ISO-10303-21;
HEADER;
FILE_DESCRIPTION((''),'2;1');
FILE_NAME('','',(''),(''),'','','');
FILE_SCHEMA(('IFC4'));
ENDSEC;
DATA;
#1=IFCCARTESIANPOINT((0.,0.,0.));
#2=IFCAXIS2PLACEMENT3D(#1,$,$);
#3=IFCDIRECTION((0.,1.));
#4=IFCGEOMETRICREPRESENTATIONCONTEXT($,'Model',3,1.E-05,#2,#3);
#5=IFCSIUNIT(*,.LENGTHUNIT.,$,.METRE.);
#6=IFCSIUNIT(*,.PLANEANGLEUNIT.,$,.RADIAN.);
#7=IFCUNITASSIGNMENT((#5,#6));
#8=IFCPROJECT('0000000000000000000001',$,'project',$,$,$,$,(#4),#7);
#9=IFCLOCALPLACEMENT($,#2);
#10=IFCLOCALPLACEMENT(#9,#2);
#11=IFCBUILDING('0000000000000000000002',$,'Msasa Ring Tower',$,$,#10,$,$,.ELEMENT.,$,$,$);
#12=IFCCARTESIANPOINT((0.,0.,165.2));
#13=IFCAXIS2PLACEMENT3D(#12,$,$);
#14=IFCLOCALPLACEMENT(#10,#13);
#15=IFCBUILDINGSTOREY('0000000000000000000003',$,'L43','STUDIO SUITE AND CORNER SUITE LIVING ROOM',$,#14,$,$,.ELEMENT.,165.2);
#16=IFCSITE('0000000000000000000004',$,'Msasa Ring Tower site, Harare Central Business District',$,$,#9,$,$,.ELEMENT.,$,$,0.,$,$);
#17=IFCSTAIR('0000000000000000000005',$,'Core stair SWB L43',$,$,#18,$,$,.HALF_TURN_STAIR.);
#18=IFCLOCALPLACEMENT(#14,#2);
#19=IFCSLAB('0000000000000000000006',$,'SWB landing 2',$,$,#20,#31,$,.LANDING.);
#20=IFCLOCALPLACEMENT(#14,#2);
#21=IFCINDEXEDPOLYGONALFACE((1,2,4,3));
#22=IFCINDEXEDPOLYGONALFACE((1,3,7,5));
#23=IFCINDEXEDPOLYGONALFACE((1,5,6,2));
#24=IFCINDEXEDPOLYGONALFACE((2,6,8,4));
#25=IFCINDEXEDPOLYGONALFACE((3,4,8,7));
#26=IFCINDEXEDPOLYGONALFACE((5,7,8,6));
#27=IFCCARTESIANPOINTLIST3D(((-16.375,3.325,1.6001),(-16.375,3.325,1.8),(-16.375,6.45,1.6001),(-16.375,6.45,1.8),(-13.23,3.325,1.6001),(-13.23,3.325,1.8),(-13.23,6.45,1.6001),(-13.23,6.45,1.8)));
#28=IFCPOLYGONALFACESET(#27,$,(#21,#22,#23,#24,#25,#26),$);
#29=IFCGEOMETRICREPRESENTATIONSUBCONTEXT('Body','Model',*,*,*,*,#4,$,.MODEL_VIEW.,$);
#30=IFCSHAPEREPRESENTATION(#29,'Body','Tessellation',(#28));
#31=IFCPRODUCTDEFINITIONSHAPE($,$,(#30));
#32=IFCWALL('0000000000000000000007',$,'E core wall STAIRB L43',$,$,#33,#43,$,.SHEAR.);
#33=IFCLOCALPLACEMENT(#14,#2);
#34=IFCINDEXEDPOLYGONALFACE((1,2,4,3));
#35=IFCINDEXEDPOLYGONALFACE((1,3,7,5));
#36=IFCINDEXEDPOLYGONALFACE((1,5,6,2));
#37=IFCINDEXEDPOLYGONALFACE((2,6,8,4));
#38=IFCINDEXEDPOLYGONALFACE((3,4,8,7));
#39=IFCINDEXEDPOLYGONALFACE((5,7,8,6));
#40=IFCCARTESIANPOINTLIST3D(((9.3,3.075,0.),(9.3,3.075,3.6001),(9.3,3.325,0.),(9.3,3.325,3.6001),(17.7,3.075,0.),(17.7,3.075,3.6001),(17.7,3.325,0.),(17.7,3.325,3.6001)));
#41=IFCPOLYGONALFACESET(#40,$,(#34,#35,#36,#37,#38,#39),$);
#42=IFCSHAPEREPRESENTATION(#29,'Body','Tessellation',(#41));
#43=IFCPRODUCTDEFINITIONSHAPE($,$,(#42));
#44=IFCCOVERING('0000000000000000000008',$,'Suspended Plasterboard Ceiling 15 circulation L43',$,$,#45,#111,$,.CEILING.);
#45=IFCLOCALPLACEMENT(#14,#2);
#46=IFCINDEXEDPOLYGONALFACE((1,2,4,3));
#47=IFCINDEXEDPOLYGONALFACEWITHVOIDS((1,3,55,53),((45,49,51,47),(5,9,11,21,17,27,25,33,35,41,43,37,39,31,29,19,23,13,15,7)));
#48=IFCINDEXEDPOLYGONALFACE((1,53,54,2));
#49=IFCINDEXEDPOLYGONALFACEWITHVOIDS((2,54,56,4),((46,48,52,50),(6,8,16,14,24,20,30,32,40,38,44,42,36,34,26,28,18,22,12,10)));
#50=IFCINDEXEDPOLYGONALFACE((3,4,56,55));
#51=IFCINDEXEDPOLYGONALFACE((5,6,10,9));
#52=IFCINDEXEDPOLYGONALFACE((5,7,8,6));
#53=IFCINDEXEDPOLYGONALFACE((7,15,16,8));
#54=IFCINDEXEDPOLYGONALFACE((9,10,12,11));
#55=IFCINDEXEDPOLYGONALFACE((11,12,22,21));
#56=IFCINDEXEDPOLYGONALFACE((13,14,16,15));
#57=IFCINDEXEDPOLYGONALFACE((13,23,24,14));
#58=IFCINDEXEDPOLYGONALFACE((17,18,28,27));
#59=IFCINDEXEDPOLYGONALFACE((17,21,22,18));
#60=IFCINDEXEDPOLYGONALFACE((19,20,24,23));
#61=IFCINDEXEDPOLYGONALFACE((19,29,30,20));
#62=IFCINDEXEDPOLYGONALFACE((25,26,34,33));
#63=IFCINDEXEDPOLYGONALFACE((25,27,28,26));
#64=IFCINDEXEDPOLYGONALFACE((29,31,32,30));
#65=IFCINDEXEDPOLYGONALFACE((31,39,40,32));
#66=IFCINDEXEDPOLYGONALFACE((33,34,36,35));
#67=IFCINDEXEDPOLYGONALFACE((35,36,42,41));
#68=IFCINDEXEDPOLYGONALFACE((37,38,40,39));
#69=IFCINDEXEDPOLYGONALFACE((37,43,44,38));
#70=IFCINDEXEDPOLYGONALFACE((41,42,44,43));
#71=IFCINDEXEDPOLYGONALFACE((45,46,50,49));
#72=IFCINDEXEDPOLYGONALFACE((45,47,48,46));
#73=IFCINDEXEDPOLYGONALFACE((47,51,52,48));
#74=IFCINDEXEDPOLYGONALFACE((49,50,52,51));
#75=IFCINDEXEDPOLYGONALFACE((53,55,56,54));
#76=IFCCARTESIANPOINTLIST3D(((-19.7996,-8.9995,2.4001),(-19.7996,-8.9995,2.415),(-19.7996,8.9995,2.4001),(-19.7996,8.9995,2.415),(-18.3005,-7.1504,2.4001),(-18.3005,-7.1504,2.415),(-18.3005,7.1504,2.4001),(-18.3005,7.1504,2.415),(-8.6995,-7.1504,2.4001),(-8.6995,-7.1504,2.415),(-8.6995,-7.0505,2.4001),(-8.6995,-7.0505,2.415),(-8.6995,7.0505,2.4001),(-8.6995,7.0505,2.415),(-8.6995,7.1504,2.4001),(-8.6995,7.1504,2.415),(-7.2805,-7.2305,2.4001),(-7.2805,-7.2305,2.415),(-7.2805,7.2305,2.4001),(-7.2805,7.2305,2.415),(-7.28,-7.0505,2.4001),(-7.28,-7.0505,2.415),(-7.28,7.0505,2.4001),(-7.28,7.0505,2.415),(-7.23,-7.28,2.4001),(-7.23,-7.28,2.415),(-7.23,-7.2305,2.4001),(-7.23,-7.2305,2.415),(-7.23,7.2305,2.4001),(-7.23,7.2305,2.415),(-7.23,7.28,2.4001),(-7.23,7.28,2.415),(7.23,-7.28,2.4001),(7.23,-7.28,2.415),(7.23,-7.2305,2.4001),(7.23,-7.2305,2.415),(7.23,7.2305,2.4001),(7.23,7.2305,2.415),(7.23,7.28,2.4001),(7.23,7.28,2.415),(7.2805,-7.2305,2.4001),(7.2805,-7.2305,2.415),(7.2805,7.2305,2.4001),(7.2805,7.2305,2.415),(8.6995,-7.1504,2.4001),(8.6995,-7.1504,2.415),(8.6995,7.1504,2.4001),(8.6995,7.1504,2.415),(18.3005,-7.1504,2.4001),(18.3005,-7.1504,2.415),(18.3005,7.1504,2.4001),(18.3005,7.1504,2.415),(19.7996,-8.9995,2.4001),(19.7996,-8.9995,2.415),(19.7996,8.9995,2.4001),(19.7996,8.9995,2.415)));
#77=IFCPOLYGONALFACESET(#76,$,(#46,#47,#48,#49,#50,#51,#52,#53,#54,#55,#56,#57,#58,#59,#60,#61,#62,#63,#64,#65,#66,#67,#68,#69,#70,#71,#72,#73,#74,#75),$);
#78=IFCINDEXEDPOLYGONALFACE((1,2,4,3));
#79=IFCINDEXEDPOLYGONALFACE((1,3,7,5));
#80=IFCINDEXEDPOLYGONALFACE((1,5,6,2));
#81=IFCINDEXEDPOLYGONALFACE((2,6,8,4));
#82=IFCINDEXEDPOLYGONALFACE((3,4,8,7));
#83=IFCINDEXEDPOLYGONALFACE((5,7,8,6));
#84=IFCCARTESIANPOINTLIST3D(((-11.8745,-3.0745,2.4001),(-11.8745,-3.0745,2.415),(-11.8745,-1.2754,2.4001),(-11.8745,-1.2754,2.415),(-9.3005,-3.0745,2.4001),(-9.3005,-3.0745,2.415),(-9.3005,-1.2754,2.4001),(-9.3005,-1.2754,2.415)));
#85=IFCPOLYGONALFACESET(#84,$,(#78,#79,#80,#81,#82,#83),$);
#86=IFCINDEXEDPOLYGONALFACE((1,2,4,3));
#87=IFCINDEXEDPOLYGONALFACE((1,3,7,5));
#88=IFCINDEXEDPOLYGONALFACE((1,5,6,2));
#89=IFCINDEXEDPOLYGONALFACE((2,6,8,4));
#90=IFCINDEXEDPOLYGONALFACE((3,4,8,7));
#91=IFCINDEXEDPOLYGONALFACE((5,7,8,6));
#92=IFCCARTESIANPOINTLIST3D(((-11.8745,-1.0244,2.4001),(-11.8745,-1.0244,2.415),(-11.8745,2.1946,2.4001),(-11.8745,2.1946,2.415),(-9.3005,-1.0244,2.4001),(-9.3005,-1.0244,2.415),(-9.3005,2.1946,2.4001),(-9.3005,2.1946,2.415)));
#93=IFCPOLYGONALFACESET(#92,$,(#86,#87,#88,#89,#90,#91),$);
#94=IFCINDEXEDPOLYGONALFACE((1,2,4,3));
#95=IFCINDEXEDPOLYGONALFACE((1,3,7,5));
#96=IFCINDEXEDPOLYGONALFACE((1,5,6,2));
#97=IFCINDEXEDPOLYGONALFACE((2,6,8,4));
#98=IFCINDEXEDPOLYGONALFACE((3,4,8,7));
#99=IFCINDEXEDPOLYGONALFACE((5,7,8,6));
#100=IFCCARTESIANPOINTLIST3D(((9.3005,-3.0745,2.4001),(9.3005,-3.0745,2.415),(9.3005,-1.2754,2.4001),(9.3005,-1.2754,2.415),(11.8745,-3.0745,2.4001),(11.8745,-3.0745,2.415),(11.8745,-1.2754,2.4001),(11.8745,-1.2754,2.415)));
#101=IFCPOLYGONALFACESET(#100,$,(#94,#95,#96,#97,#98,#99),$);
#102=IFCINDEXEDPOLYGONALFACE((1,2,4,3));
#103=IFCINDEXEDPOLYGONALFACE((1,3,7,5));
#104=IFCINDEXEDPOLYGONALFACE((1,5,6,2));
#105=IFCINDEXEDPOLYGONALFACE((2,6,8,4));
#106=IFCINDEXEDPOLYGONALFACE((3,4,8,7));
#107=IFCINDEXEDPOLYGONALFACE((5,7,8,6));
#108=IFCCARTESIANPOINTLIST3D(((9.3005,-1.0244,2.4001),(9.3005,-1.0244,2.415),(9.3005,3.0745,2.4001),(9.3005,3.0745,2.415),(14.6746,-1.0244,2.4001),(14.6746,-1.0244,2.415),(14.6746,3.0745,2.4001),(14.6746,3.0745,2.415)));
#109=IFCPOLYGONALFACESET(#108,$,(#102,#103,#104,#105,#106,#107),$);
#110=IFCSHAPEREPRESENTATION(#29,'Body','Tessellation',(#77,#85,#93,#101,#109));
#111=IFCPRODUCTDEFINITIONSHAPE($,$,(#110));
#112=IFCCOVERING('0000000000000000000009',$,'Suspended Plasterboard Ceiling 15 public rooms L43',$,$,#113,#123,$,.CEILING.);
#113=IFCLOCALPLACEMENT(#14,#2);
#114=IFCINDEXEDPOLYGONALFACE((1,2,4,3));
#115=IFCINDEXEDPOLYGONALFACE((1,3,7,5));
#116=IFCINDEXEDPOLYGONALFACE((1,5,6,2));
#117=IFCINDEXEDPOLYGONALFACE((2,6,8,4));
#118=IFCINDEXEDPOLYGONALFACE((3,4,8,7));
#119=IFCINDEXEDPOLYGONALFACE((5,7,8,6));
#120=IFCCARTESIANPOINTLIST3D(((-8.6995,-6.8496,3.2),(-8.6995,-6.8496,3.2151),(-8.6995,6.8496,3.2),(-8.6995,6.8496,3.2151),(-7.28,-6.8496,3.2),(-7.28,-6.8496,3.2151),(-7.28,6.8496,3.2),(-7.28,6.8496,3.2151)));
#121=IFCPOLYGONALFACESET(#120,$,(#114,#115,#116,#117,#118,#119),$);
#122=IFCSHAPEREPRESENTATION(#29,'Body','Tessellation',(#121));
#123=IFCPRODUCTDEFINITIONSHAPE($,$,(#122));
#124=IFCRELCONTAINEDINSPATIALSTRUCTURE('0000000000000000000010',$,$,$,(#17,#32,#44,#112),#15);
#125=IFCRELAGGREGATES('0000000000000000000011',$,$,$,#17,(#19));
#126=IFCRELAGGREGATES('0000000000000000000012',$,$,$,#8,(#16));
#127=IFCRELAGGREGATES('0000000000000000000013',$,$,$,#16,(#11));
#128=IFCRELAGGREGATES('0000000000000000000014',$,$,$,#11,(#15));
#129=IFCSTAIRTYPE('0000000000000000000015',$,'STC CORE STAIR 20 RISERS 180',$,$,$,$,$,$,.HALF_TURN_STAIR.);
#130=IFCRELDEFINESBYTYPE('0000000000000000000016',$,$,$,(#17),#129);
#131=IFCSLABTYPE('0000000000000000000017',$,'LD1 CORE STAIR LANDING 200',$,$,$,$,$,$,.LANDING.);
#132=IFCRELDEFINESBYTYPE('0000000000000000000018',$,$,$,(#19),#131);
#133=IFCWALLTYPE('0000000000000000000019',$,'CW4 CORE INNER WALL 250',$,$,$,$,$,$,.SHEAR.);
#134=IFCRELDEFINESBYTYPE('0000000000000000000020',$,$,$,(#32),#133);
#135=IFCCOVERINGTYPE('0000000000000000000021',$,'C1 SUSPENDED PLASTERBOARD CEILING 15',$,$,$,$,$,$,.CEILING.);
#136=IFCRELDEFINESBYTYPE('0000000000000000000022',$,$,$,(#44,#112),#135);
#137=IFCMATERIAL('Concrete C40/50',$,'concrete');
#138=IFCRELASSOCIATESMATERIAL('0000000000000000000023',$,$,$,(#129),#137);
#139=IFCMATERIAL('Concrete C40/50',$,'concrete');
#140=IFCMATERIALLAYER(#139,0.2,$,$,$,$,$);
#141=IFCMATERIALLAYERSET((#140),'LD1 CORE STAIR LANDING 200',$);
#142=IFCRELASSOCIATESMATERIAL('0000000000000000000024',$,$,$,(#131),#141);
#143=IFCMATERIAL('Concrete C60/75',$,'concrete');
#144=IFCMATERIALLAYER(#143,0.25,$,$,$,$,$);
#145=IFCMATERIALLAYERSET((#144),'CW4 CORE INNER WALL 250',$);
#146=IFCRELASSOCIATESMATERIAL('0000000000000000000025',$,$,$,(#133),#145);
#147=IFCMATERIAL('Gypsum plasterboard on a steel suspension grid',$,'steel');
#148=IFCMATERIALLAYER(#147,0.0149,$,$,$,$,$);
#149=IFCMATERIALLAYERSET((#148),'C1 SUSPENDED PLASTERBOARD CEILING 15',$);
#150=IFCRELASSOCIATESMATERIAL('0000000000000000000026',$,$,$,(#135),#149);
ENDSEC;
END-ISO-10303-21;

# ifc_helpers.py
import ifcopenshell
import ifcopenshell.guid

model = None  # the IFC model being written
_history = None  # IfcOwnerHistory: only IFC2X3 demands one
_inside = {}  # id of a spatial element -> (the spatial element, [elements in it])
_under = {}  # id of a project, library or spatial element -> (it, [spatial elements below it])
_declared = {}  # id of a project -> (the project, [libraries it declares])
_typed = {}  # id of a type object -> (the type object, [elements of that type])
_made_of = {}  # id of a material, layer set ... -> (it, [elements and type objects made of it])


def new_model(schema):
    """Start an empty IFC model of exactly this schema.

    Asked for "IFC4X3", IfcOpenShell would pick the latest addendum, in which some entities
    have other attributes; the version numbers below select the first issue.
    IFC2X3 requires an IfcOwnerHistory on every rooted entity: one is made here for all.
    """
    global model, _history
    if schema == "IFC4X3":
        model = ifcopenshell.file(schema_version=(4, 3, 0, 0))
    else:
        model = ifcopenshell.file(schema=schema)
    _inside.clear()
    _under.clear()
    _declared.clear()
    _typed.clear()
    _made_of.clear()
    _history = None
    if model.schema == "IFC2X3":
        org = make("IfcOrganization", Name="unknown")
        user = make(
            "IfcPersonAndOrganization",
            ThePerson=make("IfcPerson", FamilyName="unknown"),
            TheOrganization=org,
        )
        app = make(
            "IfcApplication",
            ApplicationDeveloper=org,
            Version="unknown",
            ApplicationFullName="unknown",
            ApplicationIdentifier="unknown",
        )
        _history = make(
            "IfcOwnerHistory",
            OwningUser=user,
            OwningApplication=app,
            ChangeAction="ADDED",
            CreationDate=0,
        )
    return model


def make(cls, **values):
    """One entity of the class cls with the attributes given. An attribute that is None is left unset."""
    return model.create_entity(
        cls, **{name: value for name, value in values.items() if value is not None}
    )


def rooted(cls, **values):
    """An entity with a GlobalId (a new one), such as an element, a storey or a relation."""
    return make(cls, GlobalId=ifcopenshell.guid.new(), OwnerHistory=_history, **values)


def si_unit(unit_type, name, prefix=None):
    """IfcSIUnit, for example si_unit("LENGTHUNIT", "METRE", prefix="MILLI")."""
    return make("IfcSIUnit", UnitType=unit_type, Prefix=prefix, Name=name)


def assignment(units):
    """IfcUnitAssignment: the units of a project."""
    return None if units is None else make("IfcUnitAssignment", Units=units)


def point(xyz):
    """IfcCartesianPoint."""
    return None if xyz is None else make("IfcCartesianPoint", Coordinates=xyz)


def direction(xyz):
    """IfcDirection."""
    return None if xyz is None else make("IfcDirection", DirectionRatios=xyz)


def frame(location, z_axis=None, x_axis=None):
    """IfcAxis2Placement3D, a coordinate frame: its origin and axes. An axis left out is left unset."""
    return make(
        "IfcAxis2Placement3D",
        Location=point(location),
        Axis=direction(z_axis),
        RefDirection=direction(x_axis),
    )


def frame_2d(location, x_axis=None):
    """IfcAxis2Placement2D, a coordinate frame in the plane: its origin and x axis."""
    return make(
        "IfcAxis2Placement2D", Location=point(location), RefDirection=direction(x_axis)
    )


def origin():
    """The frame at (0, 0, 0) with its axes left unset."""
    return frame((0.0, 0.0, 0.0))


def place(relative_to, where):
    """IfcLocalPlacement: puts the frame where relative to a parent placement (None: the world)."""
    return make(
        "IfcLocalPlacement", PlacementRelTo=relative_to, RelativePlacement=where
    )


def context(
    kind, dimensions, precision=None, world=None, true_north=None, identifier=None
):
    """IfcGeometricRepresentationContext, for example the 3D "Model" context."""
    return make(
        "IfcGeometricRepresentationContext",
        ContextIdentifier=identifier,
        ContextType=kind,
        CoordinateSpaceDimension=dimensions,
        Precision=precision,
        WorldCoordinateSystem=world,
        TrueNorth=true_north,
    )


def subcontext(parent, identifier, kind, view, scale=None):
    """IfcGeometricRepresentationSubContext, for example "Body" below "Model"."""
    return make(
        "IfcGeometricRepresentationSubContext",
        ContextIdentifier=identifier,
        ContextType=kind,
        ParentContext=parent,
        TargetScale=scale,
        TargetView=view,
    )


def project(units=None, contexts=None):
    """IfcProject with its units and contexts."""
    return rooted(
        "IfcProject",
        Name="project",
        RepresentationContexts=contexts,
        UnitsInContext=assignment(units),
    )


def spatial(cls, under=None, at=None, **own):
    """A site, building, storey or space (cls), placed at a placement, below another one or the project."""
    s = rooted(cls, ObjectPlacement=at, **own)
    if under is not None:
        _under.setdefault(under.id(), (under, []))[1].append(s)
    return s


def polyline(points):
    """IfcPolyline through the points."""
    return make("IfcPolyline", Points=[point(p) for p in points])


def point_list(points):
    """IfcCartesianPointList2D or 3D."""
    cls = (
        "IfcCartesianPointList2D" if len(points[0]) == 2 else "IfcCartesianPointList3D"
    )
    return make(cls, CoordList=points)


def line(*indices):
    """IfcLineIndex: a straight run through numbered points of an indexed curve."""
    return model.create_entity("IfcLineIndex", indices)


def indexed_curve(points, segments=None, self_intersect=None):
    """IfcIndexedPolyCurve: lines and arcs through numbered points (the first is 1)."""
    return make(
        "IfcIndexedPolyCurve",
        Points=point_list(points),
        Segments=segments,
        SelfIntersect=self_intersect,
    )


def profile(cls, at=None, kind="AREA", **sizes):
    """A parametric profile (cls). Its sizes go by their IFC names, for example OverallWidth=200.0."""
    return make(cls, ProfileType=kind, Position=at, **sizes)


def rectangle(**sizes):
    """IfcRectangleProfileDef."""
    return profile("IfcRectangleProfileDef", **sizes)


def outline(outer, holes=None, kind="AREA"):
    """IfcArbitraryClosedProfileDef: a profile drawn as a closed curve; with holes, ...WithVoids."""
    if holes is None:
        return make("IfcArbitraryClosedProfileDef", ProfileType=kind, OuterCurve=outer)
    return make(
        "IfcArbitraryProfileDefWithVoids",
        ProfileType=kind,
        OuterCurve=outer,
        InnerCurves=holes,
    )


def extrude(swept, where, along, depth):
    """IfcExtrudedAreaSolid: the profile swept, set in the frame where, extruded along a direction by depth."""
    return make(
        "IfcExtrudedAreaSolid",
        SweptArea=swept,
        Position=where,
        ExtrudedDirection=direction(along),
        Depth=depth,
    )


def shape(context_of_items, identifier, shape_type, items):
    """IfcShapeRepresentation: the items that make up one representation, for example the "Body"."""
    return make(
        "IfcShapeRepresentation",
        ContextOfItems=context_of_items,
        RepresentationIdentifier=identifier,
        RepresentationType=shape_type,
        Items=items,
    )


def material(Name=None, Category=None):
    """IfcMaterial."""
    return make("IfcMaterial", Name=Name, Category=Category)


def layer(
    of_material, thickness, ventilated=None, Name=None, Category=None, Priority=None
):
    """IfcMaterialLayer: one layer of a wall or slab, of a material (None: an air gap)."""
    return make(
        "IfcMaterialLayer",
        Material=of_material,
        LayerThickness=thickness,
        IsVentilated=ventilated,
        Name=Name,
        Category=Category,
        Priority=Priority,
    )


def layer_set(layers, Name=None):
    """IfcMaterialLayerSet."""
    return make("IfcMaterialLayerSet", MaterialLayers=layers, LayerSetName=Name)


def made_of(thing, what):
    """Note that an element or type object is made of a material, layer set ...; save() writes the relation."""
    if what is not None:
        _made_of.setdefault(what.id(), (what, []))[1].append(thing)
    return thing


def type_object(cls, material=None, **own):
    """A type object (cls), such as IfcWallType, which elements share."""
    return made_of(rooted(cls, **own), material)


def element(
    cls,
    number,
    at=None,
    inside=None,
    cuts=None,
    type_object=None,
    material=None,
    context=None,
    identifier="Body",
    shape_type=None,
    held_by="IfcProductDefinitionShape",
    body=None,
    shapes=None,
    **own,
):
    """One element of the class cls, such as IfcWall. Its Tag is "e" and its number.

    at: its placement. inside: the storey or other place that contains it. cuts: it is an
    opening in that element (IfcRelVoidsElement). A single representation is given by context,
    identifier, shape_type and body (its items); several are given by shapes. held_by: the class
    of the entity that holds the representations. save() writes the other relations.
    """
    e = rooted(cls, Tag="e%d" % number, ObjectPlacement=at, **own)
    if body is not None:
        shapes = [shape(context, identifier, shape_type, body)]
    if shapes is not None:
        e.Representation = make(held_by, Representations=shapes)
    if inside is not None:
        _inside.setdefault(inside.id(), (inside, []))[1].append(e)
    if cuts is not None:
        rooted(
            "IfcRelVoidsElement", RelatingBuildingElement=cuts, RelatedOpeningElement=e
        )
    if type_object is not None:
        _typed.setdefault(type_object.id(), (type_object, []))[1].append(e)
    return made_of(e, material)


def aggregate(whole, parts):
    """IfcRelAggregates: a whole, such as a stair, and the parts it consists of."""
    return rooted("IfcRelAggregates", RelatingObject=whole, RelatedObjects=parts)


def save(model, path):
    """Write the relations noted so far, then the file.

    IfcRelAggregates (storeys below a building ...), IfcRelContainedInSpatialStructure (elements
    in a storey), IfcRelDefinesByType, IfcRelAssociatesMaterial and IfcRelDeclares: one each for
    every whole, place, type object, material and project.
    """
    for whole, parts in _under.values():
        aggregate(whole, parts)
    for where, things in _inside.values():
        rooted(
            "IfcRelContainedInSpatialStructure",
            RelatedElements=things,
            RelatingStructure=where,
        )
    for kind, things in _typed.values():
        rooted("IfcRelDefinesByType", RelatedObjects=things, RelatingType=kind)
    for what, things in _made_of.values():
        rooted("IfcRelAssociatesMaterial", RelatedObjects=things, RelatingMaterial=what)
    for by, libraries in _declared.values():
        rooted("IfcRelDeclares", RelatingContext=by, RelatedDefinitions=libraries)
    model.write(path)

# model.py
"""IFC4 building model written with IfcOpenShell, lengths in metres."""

from ifc_helpers import new_model, si_unit, direction, frame, frame_2d, origin, place, context, subcontext, project, spatial, polyline, line, indexed_curve, rectangle, outline, extrude, material, layer, layer_set, type_object, element, aggregate, save


model = new_model("IFC4")

# Units and contexts
model_context = context("Model", 3, precision=1e-05, world=origin(), true_north=direction((0.0, 1.0)))
body_context = subcontext(model_context, "Body", "Model", "MODEL_VIEW")
ifc_project = project(units=[si_unit("LENGTHUNIT", "METRE"), si_unit("PLANEANGLEUNIT", "RADIAN")], contexts=[model_context])

# Site, building, storey
site_placement = place(None, origin())
site = spatial("IfcSite", under=ifc_project, at=site_placement, Name="Msasa Ring Tower site, Harare Central Business District", CompositionType="ELEMENT", RefElevation=0.0)
building_placement = place(site_placement, origin())
building = spatial("IfcBuilding", under=site, at=building_placement, Name="Msasa Ring Tower", CompositionType="ELEMENT")
storey_placement = place(building_placement, frame((0.0, 0.0, 165.2)))
storey = spatial("IfcBuildingStorey", under=building, at=storey_placement, Name="L43", Description="STUDIO SUITE AND CORNER SUITE LIVING ROOM", CompositionType="ELEMENT", Elevation=165.2)

# Shared definitions
ifc_material_1 = material(Name="Concrete C40/50", Category="concrete")
stair_type = type_object("IfcStairType", Name="STC CORE STAIR 20 RISERS 180", PredefinedType="HALF_TURN_STAIR", material=ifc_material_1)
ifc_material_2 = material(Name="Concrete C40/50", Category="concrete")
ifc_layer_1 = layer(ifc_material_2, 0.2)
ifc_layer_set_1 = layer_set([ifc_layer_1], Name="LD1 CORE STAIR LANDING 200")
slab_type = type_object("IfcSlabType", Name="LD1 CORE STAIR LANDING 200", PredefinedType="LANDING", material=ifc_layer_set_1)

# Stair, slab
stair_1_placement = place(storey_placement, origin())
stair_1 = element("IfcStair", 1, at=stair_1_placement, inside=storey, type_object=stair_type, Name="Core stair SWB L43", PredefinedType="HALF_TURN_STAIR")
slab_1_placement = place(storey_placement, frame((0.0, 0.0, 1.6001)))
slab_1 = element("IfcSlab", 2, at=slab_1_placement, type_object=slab_type, Name="SWB landing 2", PredefinedType="LANDING", context=body_context, shape_type="SweptSolid", body=[
    extrude(outline(polyline([(-16.375, 3.325), (-13.23, 3.325), (-13.23, 6.45), (-16.375, 6.45), (-16.375, 3.325)])), origin(), (0.0, 0.0, 1.0), 0.2),
])
aggregate(stair_1, [slab_1])

# Wall
ifc_material_3 = material(Name="Concrete C60/75", Category="concrete")
ifc_layer_2 = layer(ifc_material_3, 0.25)
ifc_layer_set_2 = layer_set([ifc_layer_2], Name="CW4 CORE INNER WALL 250")
wall_type = type_object("IfcWallType", Name="CW4 CORE INNER WALL 250", PredefinedType="SHEAR", material=ifc_layer_set_2)
wall_placement = place(storey_placement, frame((9.3, 3.2, 0.0), z_axis=(0.0, 0.0, 1.0), x_axis=(1.0, 0.0, 0.0)))
element("IfcWall", 3, at=wall_placement, inside=storey, type_object=wall_type, Name="E core wall STAIRB L43", PredefinedType="SHEAR", context=body_context, shape_type="SweptSolid", body=[
    extrude(rectangle(XDim=8.3999, YDim=0.25, at=frame_2d((4.2, 0.0))), origin(), (0.0, 0.0, 1.0), 3.6001),
])

# Coverings
ifc_material_4 = material(Name="Gypsum plasterboard on a steel suspension grid", Category="steel")
ifc_layer_3 = layer(ifc_material_4, 0.0149)
ifc_layer_set_3 = layer_set([ifc_layer_3], Name="C1 SUSPENDED PLASTERBOARD CEILING 15")
covering_type_1 = type_object("IfcCoveringType", Name="C1 SUSPENDED PLASTERBOARD CEILING 15", PredefinedType="CEILING", material=ifc_layer_set_3)
covering_1_placement = place(storey_placement, frame((0.0, 0.0, 2.4001)))
element("IfcCovering", 4, at=covering_1_placement, inside=storey, type_object=covering_type_1, Name="Suspended Plasterboard Ceiling 15 circulation L43", PredefinedType="CEILING", context=body_context, shape_type="SweptSolid", body=[
    extrude(outline(indexed_curve([(-19.7996, -8.9995), (-19.7996, 8.9995), (19.7996, 8.9995), (19.7996, -8.9995)], segments=[line(1, 2, 3, 4, 1)], self_intersect=False), holes=[indexed_curve([(18.3005, -7.1504), (18.3005, 7.1504), (8.6995, 7.1504), (8.6995, -7.1504)], segments=[line(1, 2, 3, 4, 1)], self_intersect=False), indexed_curve([(-8.6995, 7.1504), (-18.3005, 7.1504), (-18.3005, -7.1504), (-8.6995, -7.1504), (-8.6995, -7.0505), (-7.28, -7.0505), (-7.2805, -7.2305), (-7.23, -7.2305), (-7.23, -7.28), (7.23, -7.28), (7.23, -7.2305), (7.2805, -7.2305), (7.2805, 7.2305), (7.23, 7.2305), (7.23, 7.28), (-7.23, 7.28), (-7.23, 7.2305), (-7.2805, 7.2305), (-7.28, 7.0505), (-8.6995, 7.0505)], segments=[line(1, 2, 3, 4, 5, 6, 7, 8, 9, 10, 11, 12, 13, 14, 15, 16, 17, 18, 19, 20, 1)], self_intersect=False)]), origin(), (0.0, 0.0, 1.0), 0.0149),
    extrude(outline(indexed_curve([(-9.3005, -3.0745), (-11.8745, -3.0745), (-11.8745, -1.2754), (-9.3005, -1.2754)], segments=[line(1, 2, 3, 4, 1)], self_intersect=False)), origin(), (0.0, 0.0, 1.0), 0.0149),
    extrude(outline(indexed_curve([(-11.8745, -1.0244), (-11.8745, 2.1946), (-9.3005, 2.1946), (-9.3005, -1.0244)], segments=[line(1, 2, 3, 4, 1)], self_intersect=False)), origin(), (0.0, 0.0, 1.0), 0.0149),
    extrude(outline(indexed_curve([(11.8745, -3.0745), (9.3005, -3.0745), (9.3005, -1.2754), (11.8745, -1.2754)], segments=[line(1, 2, 3, 4, 1)], self_intersect=False)), origin(), (0.0, 0.0, 1.0), 0.0149),
    extrude(outline(indexed_curve([(9.3005, -1.0244), (9.3005, 3.0745), (14.6746, 3.0745), (14.6746, -1.0244)], segments=[line(1, 2, 3, 4, 1)], self_intersect=False)), origin(), (0.0, 0.0, 1.0), 0.0149),
])
covering_2_placement = place(storey_placement, frame((0.0, 0.0, 3.2)))
element("IfcCovering", 5, at=covering_2_placement, inside=storey, type_object=covering_type_1, Name="Suspended Plasterboard Ceiling 15 public rooms L43", PredefinedType="CEILING", context=body_context, shape_type="SweptSolid", body=[
    extrude(outline(indexed_curve([(-8.6995, 6.8496), (-7.28, 6.8496), (-7.28, -6.8496), (-8.6995, -6.8496)], segments=[line(1, 2, 3, 4, 1)], self_intersect=False)), origin(), (0.0, 0.0, 1.0), 0.0151),
])

save(model, "model.ifc")
